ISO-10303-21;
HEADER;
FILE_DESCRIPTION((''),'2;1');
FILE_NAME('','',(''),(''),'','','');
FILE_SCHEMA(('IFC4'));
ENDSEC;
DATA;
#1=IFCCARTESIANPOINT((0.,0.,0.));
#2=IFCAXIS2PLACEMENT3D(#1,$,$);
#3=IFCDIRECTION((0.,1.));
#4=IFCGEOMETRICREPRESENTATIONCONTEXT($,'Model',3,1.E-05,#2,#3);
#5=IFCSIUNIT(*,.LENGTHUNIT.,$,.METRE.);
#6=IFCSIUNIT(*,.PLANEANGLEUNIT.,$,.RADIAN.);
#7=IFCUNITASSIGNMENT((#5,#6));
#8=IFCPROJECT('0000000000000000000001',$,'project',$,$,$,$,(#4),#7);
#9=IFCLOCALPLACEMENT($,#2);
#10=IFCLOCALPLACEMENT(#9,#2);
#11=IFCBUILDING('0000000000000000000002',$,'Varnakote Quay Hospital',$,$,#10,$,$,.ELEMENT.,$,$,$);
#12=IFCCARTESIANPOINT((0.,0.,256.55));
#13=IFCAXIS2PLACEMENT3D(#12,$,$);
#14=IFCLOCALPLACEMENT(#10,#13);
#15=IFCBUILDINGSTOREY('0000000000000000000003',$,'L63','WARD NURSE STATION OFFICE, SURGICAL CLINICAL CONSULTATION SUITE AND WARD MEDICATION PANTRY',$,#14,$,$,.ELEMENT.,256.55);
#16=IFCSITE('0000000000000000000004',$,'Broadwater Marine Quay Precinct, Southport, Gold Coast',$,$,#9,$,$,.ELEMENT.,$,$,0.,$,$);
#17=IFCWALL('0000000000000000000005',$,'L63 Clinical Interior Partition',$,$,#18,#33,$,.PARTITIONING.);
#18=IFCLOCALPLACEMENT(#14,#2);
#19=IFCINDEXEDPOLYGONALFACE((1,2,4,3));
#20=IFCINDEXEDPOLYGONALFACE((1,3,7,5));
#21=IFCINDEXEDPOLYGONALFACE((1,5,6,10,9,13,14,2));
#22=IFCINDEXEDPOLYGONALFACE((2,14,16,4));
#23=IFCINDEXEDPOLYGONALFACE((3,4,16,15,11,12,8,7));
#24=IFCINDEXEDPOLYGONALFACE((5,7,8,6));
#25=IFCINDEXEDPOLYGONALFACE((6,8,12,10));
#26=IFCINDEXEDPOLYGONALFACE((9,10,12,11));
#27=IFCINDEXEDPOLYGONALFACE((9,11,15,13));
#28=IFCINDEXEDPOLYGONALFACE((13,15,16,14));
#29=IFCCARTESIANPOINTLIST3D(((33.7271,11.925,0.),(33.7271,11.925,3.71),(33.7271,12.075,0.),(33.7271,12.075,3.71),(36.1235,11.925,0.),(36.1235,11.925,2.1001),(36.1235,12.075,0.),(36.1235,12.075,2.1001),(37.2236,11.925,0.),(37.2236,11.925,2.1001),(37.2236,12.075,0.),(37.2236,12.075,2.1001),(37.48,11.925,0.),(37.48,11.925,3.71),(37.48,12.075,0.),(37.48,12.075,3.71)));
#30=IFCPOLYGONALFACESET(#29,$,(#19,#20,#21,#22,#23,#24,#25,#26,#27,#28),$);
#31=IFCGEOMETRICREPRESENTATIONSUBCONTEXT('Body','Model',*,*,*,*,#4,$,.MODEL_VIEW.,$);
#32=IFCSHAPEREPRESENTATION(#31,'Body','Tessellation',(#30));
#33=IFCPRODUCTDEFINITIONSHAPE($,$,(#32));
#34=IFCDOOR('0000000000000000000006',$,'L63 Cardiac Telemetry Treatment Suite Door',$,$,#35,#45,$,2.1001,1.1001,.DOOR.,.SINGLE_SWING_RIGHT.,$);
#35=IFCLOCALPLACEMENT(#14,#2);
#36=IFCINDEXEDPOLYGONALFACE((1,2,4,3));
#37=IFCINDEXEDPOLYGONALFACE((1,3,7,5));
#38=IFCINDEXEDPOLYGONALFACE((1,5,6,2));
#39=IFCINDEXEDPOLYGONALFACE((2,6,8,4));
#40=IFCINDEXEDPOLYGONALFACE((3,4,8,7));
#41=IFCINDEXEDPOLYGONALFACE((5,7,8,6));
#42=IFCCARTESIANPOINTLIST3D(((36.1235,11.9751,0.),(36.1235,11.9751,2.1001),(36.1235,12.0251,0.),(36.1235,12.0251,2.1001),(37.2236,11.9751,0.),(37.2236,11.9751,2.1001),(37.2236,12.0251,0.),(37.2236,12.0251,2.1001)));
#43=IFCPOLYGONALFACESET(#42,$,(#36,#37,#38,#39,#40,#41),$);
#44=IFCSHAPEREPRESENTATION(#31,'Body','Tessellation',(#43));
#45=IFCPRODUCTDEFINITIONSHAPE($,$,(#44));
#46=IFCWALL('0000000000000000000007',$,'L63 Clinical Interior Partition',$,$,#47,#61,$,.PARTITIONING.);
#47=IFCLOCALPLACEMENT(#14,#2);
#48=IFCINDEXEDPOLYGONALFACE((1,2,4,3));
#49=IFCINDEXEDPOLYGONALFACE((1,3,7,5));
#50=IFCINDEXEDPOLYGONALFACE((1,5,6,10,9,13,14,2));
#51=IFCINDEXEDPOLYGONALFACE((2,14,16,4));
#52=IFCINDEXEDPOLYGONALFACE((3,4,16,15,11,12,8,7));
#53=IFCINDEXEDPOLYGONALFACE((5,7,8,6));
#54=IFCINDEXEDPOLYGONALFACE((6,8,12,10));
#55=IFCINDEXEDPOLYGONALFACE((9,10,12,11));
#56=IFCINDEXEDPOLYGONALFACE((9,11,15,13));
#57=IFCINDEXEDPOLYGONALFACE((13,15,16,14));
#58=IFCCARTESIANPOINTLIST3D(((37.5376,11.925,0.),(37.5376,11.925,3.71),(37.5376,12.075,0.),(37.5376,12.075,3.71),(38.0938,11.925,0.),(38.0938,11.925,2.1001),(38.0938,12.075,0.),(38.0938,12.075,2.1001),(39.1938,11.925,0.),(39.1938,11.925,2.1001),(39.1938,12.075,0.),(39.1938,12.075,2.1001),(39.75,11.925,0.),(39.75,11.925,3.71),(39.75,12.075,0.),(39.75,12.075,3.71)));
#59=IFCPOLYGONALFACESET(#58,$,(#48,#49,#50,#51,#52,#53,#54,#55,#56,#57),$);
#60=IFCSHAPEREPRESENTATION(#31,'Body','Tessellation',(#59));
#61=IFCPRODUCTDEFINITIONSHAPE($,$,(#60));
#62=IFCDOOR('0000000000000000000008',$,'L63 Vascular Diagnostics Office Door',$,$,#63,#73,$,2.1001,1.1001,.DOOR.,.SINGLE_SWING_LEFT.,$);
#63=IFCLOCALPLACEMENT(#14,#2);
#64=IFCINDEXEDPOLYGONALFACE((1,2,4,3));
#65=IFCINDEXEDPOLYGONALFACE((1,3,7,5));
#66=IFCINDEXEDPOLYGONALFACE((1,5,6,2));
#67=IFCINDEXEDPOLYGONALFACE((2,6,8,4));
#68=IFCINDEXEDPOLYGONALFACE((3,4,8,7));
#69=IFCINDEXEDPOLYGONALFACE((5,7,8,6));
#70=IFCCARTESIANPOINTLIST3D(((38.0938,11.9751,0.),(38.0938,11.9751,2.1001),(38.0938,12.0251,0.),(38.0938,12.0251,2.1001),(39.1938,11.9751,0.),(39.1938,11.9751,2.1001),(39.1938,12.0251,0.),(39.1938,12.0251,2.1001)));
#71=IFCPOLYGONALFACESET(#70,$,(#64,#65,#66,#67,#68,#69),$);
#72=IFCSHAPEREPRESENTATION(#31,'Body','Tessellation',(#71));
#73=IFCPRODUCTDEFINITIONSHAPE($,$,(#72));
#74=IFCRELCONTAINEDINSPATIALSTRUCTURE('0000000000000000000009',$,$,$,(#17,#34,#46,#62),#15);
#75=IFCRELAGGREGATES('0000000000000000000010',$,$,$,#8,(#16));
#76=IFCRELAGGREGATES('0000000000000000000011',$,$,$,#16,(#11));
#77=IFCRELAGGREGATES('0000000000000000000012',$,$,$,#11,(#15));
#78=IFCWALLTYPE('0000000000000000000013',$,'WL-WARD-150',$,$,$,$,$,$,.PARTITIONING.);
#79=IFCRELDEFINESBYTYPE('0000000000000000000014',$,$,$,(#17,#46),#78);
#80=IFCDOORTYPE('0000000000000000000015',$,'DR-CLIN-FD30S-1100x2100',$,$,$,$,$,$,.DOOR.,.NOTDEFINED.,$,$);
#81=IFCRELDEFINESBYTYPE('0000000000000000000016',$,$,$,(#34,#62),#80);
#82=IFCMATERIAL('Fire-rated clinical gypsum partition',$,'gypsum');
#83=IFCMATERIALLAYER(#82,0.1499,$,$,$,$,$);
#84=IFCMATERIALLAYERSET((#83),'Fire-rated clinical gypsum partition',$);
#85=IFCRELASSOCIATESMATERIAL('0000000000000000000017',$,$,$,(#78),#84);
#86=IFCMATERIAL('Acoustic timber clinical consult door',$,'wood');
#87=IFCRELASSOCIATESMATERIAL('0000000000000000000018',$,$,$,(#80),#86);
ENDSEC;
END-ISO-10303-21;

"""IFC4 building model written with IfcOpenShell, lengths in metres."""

from ifc_helpers import new_model, si_unit, direction, frame, frame_2d, origin, place, context, subcontext, project, spatial, rectangle, extrude, material, layer, layer_set, type_object, element, fill, save


model = new_model("IFC4")

# Units and contexts
model_context = context("Model", 3, precision=1e-05, world=origin(), true_north=direction((0.0, 1.0)))
body_context = subcontext(model_context, "Body", "Model", "MODEL_VIEW")
ifc_project = project(units=[si_unit("LENGTHUNIT", "METRE"), si_unit("PLANEANGLEUNIT", "RADIAN")], contexts=[model_context])

# Site, building, storey
site_placement = place(None, origin())
site = spatial("IfcSite", under=ifc_project, at=site_placement, Name="Broadwater Marine Quay Precinct, Southport, Gold Coast", CompositionType="ELEMENT", RefElevation=0.0)
building_placement = place(site_placement, origin())
building = spatial("IfcBuilding", under=site, at=building_placement, Name="Varnakote Quay Hospital", CompositionType="ELEMENT")
storey_placement = place(building_placement, frame((0.0, 0.0, 256.55)))
storey = spatial("IfcBuildingStorey", under=building, at=storey_placement, Name="L63", Description="WARD NURSE STATION OFFICE, SURGICAL CLINICAL CONSULTATION SUITE AND WARD MEDICATION PANTRY", CompositionType="ELEMENT", Elevation=256.55)

# Walls, openings, doors
ifc_material_1 = material(Name="Fire-rated clinical gypsum partition", Category="gypsum")
ifc_layer_1 = layer(ifc_material_1, 0.1499)
ifc_layer_set_1 = layer_set([ifc_layer_1], Name="Fire-rated clinical gypsum partition")
wall_type_1 = type_object("IfcWallType", Name="WL-WARD-150", PredefinedType="PARTITIONING", material=ifc_layer_set_1)
ifc_material_2 = material(Name="Acoustic timber clinical consult door", Category="wood")
door_type_1 = type_object("IfcDoorType", Name="DR-CLIN-FD30S-1100x2100", OperationType="NOTDEFINED", PredefinedType="DOOR", material=ifc_material_2)
wall_1_placement = place(storey_placement, frame((37.48, 12.0, 0.0), z_axis=(0.0, 0.0, 1.0), x_axis=(-1.0, 0.0, 0.0)))
wall_1 = element("IfcWall", 1, at=wall_1_placement, inside=storey, type_object=wall_type_1, Name="L63 Clinical Interior Partition", PredefinedType="PARTITIONING", context=body_context, shape_type="SweptSolid", body=[
    extrude(rectangle(XDim=3.7529, YDim=0.1499, at=frame_2d((1.8765, 0.0))), origin(), (0.0, 0.0, 1.0), 3.71),
])
opening_1_placement = place(wall_1_placement, frame((0.2563, 0.0, 0.0)))
opening_1 = element("IfcOpeningElement", 2, at=opening_1_placement, cuts=wall_1, PredefinedType="OPENING", context=body_context, shape_type="SweptSolid", body=[
    extrude(rectangle(XDim=1.1001, YDim=2.1001, at=frame_2d((0.55, 1.05))), frame((0.0, 0.085, 0.0), z_axis=(0.0, -1.0, 0.0), x_axis=(1.0, 0.0, 0.0)), (0.0, 0.0, 1.0), 0.1699),
])
door_1_placement = place(opening_1_placement, origin())
door_1 = element("IfcDoor", 3, at=door_1_placement, inside=storey, type_object=door_type_1, Name="L63 Cardiac Telemetry Treatment Suite Door", OperationType="SINGLE_SWING_RIGHT", OverallHeight=2.1001, OverallWidth=1.1001, PredefinedType="DOOR", context=body_context, shape_type="SweptSolid", body=[
    extrude(rectangle(XDim=1.1001, YDim=2.1001, at=frame_2d((0.55, 1.05))), frame((0.0, 0.0249, 0.0), z_axis=(0.0, -1.0, 0.0), x_axis=(1.0, 0.0, 0.0)), (0.0, 0.0, 1.0), 0.05),
])
fill(opening_1, door_1)
wall_2_placement = place(storey_placement, frame((39.75, 12.0, 0.0), z_axis=(0.0, 0.0, 1.0), x_axis=(-1.0, 0.0, 0.0)))
wall_2 = element("IfcWall", 4, at=wall_2_placement, inside=storey, type_object=wall_type_1, Name="L63 Clinical Interior Partition", PredefinedType="PARTITIONING", context=body_context, shape_type="SweptSolid", body=[
    extrude(rectangle(XDim=2.2124, YDim=0.1499, at=frame_2d((1.1062, 0.0))), origin(), (0.0, 0.0, 1.0), 3.71),
])
opening_2_placement = place(wall_2_placement, frame((0.5562, 0.0, 0.0)))
opening_2 = element("IfcOpeningElement", 5, at=opening_2_placement, cuts=wall_2, PredefinedType="OPENING", context=body_context, shape_type="SweptSolid", body=[
    extrude(rectangle(XDim=1.1001, YDim=2.1001, at=frame_2d((0.55, 1.05))), frame((0.0, 0.085, 0.0), z_axis=(0.0, -1.0, 0.0), x_axis=(1.0, 0.0, 0.0)), (0.0, 0.0, 1.0), 0.1699),
])
door_2_placement = place(opening_2_placement, origin())
door_2 = element("IfcDoor", 6, at=door_2_placement, inside=storey, type_object=door_type_1, Name="L63 Vascular Diagnostics Office Door", OperationType="SINGLE_SWING_LEFT", OverallHeight=2.1001, OverallWidth=1.1001, PredefinedType="DOOR", context=body_context, shape_type="SweptSolid", body=[
    extrude(rectangle(XDim=1.1001, YDim=2.1001, at=frame_2d((0.55, 1.05))), frame((0.0, 0.0249, 0.0), z_axis=(0.0, -1.0, 0.0), x_axis=(1.0, 0.0, 0.0)), (0.0, 0.0, 1.0), 0.05),
])
fill(opening_2, door_2)

save(model, "model.ifc")
